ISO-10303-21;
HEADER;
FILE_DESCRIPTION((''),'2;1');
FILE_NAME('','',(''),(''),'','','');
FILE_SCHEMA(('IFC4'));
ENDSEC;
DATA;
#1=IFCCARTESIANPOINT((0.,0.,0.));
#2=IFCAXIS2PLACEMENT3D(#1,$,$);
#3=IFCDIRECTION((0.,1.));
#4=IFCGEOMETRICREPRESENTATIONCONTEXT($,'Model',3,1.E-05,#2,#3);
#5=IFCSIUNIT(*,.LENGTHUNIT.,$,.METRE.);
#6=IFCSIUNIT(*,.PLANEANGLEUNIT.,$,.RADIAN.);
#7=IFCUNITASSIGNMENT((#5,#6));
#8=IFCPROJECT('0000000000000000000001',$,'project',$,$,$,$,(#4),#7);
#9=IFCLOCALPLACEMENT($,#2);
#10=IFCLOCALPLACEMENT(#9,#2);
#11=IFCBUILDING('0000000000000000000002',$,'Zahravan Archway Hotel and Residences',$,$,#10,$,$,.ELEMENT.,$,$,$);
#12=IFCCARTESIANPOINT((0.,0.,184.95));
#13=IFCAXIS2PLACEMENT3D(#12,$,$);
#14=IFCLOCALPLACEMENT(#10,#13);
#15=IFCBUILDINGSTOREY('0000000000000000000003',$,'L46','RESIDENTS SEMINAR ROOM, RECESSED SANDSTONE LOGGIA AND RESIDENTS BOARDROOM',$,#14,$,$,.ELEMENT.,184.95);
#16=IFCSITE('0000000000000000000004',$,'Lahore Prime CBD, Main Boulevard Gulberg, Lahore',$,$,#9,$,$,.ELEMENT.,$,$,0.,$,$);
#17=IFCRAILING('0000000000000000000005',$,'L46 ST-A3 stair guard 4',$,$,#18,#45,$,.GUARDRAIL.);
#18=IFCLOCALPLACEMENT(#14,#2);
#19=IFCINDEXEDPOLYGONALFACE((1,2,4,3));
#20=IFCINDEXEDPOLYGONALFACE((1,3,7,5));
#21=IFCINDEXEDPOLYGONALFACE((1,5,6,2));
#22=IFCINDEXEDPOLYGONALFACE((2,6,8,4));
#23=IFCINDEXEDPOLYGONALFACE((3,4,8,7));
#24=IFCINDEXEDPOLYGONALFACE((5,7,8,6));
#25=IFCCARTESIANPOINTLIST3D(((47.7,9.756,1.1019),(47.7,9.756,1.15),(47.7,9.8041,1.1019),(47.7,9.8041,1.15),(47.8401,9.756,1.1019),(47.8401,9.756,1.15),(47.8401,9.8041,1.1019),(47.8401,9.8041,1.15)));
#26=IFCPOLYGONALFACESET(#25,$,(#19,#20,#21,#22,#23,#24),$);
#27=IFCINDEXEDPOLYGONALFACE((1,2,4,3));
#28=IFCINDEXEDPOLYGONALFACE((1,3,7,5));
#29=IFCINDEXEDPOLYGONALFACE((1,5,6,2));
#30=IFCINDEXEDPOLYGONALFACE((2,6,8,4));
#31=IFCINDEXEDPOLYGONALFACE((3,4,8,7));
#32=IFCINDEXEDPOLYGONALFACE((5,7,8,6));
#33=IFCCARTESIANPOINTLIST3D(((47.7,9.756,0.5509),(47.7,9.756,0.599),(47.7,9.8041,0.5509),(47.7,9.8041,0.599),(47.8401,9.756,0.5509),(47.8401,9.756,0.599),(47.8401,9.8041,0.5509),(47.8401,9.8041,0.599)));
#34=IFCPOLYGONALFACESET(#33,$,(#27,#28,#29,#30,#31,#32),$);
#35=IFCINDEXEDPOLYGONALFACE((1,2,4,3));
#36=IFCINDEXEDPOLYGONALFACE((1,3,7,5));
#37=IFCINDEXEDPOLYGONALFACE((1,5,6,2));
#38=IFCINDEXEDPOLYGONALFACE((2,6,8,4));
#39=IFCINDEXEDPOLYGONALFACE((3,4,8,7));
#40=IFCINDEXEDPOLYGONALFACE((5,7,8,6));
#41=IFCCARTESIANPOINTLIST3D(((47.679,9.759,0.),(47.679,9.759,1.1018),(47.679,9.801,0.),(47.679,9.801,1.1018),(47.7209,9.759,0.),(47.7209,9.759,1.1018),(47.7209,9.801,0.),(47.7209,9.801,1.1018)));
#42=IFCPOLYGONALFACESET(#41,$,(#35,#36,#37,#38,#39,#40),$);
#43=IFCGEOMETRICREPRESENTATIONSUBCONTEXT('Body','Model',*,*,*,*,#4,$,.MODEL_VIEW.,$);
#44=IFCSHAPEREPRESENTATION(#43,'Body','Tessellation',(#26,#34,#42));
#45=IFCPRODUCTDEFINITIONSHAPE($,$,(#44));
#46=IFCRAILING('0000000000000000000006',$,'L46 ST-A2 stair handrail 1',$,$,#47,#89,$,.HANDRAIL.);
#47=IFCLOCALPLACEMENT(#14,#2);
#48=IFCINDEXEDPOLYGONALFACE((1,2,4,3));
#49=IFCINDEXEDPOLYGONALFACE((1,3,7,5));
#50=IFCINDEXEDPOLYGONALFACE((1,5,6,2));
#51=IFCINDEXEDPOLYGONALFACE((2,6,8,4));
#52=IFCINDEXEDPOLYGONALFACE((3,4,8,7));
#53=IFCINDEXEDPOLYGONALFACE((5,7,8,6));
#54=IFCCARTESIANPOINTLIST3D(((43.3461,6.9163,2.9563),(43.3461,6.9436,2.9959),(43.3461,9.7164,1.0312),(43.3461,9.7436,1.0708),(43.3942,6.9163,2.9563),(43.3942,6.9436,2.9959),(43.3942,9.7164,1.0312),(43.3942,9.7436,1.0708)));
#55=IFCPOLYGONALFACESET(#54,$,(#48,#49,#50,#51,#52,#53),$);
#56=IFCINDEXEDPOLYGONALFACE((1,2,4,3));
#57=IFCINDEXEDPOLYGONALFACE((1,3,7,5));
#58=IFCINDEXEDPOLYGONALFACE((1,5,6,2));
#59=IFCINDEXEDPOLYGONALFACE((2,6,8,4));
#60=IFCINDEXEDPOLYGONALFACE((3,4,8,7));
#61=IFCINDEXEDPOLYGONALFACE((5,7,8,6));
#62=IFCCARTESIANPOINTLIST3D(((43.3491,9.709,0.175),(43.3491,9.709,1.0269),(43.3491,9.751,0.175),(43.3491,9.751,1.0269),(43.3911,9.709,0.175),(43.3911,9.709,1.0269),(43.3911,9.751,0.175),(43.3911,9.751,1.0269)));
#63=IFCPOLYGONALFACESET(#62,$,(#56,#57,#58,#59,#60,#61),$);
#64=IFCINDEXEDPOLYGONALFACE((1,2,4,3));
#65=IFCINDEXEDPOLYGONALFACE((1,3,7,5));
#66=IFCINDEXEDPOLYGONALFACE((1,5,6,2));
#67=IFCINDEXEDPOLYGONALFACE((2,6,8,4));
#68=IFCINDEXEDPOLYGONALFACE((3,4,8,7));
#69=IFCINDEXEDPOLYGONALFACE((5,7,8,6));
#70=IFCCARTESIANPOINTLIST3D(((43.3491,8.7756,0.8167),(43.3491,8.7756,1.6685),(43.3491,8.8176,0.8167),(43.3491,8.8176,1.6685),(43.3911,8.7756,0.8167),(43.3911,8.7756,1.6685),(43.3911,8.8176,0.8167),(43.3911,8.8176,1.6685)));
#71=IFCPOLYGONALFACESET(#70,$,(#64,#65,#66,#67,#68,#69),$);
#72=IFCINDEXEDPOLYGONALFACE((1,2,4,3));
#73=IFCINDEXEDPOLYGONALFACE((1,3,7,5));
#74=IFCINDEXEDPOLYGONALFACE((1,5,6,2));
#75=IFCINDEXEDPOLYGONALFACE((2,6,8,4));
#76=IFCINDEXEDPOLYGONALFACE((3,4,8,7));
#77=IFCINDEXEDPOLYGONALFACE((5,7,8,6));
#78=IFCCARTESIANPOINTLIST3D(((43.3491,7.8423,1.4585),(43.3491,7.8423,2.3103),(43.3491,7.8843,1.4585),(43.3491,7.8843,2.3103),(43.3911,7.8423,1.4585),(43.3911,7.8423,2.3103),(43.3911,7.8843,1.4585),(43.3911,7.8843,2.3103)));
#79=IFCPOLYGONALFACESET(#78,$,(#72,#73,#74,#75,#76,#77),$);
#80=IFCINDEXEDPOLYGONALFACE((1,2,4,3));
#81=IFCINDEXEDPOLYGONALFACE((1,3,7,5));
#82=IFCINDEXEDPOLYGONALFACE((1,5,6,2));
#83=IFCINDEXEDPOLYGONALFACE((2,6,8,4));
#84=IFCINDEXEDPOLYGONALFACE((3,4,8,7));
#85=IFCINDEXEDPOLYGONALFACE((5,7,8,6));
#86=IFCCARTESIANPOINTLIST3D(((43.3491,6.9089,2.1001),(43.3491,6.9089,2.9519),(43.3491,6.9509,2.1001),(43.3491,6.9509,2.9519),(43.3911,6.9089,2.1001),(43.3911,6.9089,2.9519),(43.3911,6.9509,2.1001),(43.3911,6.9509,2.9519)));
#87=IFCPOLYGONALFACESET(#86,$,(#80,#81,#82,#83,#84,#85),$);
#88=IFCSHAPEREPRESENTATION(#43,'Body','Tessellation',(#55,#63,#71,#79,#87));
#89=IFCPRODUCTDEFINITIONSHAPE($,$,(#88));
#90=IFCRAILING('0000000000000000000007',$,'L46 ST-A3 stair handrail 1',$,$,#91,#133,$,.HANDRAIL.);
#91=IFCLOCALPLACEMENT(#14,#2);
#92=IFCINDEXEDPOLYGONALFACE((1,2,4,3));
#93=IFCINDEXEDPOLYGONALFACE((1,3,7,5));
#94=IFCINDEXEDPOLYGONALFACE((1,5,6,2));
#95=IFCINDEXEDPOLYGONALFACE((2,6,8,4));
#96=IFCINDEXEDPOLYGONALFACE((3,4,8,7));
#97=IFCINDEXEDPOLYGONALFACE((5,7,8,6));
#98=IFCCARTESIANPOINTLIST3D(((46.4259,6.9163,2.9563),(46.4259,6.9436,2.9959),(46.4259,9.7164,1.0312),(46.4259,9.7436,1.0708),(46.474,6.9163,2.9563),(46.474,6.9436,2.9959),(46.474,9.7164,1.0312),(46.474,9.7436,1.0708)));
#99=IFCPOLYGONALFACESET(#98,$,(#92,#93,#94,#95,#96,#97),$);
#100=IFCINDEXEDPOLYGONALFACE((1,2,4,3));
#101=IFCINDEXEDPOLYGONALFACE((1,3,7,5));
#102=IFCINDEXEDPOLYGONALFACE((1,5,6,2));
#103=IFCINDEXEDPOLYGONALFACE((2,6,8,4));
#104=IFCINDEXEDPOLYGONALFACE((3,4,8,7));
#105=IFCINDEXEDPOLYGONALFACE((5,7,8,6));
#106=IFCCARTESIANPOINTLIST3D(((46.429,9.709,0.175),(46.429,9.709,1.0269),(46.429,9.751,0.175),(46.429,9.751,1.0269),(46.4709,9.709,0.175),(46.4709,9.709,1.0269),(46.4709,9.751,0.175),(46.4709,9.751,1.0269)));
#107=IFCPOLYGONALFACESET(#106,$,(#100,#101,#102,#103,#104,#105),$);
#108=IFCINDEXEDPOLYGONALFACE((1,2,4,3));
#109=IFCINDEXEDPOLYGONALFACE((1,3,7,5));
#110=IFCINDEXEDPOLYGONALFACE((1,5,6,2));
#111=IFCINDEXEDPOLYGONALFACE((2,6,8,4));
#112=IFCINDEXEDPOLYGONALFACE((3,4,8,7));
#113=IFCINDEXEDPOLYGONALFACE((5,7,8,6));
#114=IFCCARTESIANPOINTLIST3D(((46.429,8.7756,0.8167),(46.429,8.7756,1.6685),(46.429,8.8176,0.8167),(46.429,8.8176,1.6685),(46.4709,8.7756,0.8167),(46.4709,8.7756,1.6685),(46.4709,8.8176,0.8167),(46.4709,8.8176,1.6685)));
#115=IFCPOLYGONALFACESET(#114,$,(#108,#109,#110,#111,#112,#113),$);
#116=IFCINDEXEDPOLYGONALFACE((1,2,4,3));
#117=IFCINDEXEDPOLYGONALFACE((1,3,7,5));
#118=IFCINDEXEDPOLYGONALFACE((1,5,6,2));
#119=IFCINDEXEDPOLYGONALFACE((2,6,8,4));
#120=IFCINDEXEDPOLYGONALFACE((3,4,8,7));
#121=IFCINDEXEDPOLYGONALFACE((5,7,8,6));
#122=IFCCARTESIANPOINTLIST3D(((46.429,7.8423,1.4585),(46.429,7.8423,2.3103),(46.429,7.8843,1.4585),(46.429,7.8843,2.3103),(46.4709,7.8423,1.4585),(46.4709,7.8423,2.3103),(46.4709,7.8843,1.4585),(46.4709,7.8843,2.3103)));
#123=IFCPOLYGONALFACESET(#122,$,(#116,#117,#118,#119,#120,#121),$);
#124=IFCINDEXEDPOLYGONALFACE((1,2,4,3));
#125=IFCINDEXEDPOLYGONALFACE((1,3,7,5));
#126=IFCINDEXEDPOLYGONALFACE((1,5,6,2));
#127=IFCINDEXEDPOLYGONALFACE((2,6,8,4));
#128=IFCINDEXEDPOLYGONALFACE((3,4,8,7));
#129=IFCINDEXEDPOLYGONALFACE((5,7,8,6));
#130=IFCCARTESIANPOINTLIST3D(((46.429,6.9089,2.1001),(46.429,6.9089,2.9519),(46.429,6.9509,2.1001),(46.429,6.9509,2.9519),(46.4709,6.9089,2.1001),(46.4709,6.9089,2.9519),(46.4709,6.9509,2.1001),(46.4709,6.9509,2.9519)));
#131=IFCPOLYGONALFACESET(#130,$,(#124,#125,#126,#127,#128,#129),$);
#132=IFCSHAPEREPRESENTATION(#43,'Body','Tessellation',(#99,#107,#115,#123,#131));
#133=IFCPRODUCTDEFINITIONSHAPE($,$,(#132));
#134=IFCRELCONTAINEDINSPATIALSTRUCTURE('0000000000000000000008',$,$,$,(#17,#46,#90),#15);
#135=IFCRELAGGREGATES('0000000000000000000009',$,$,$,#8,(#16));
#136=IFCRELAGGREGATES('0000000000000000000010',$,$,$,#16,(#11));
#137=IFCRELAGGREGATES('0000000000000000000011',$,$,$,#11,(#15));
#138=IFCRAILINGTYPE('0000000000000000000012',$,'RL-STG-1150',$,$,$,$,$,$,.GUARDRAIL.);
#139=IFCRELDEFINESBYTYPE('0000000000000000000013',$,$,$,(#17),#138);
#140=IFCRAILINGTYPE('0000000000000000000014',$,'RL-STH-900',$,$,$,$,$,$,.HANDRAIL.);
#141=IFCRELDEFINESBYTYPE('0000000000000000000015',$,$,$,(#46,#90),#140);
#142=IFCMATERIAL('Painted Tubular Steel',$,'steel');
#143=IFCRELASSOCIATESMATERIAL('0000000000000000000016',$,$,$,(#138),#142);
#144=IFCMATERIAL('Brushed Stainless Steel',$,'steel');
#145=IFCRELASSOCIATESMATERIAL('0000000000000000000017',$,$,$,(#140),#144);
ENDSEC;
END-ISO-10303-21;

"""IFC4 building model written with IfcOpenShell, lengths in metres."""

from ifc_helpers import new_model, si_unit, direction, frame, origin, origin_2d, place, context, subcontext, project, spatial, rectangle, extrude, material, type_object, element, save


model = new_model("IFC4")

# Units and contexts
model_context = context("Model", 3, precision=1e-05, world=origin(), true_north=direction((0.0, 1.0)))
body_context = subcontext(model_context, "Body", "Model", "MODEL_VIEW")
ifc_project = project(units=[si_unit("LENGTHUNIT", "METRE"), si_unit("PLANEANGLEUNIT", "RADIAN")], contexts=[model_context])

# Site, building, storey
site_placement = place(None, origin())
site = spatial("IfcSite", under=ifc_project, at=site_placement, Name="Lahore Prime CBD, Main Boulevard Gulberg, Lahore", CompositionType="ELEMENT", RefElevation=0.0)
building_placement = place(site_placement, origin())
building = spatial("IfcBuilding", under=site, at=building_placement, Name="Zahravan Archway Hotel and Residences", CompositionType="ELEMENT")
storey_placement = place(building_placement, frame((0.0, 0.0, 184.95)))
storey = spatial("IfcBuildingStorey", under=building, at=storey_placement, Name="L46", Description="RESIDENTS SEMINAR ROOM, RECESSED SANDSTONE LOGGIA AND RESIDENTS BOARDROOM", CompositionType="ELEMENT", Elevation=184.95)

# Shared definitions
ifc_material_1 = material(Name="Brushed Stainless Steel", Category="steel")

# Railings
ifc_material_2 = material(Name="Painted Tubular Steel", Category="steel")
railing_type_1 = type_object("IfcRailingType", Name="RL-STG-1150", PredefinedType="GUARDRAIL", material=ifc_material_2)
railing_1_placement = place(storey_placement, frame((47.7, 9.78, 0.0)))
element("IfcRailing", 1, at=railing_1_placement, inside=storey, type_object=railing_type_1, Name="L46 ST-A3 stair guard 4", PredefinedType="GUARDRAIL", context=body_context, shape_type="SweptSolid", body=[
    extrude(rectangle(XDim=0.0481, YDim=0.0481, at=origin_2d()), frame((0.0, 0.0, 1.126), z_axis=(1.0, 0.0, 0.0), x_axis=(0.0, 1.0, 0.0)), (0.0, 0.0, 1.0), 0.1401),
    extrude(rectangle(XDim=0.0481, YDim=0.0481, at=origin_2d()), frame((0.0, 0.0, 0.575), z_axis=(1.0, 0.0, 0.0), x_axis=(0.0, 1.0, 0.0)), (0.0, 0.0, 1.0), 0.1401),
    extrude(rectangle(XDim=0.042, YDim=0.042, at=origin_2d()), origin(), (0.0, 0.0, 1.0), 1.1018),
])
railing_type_2 = type_object("IfcRailingType", Name="RL-STH-900", PredefinedType="HANDRAIL", material=ifc_material_1)
for number, where, name in (
    (2, (43.3701, 9.73, 0.175), "L46 ST-A2 stair handrail 1"),
    (3, (46.45, 9.73, 0.175), "L46 ST-A3 stair handrail 1"),
):
    element("IfcRailing", number, at=place(storey_placement, frame(where)), inside=storey, type_object=railing_type_2, Name=name, PredefinedType="HANDRAIL", context=body_context, shape_type="SweptSolid", body=[
        extrude(rectangle(XDim=0.0481, YDim=0.0481, at=origin_2d()), frame((0.0, 0.0, 0.876), z_axis=(0.0, -0.82404, 0.566532), x_axis=(1.0, 0.0, 0.0)), (0.0, 0.0, 1.0), 3.3979),
        extrude(rectangle(XDim=0.042, YDim=0.042, at=origin_2d()), origin(), (0.0, 0.0, 1.0), 0.8518),
        extrude(rectangle(XDim=0.042, YDim=0.042, at=origin_2d()), frame((0.0, -0.9333, 0.6416)), (0.0, 0.0, 1.0), 0.8518),
        extrude(rectangle(XDim=0.042, YDim=0.042, at=origin_2d()), frame((0.0, -1.8667, 1.2834)), (0.0, 0.0, 1.0), 0.8518),
        extrude(rectangle(XDim=0.042, YDim=0.042, at=origin_2d()), frame((0.0, -2.8, 1.925)), (0.0, 0.0, 1.0), 0.8518),
    ])

save(model, "model.ifc")
